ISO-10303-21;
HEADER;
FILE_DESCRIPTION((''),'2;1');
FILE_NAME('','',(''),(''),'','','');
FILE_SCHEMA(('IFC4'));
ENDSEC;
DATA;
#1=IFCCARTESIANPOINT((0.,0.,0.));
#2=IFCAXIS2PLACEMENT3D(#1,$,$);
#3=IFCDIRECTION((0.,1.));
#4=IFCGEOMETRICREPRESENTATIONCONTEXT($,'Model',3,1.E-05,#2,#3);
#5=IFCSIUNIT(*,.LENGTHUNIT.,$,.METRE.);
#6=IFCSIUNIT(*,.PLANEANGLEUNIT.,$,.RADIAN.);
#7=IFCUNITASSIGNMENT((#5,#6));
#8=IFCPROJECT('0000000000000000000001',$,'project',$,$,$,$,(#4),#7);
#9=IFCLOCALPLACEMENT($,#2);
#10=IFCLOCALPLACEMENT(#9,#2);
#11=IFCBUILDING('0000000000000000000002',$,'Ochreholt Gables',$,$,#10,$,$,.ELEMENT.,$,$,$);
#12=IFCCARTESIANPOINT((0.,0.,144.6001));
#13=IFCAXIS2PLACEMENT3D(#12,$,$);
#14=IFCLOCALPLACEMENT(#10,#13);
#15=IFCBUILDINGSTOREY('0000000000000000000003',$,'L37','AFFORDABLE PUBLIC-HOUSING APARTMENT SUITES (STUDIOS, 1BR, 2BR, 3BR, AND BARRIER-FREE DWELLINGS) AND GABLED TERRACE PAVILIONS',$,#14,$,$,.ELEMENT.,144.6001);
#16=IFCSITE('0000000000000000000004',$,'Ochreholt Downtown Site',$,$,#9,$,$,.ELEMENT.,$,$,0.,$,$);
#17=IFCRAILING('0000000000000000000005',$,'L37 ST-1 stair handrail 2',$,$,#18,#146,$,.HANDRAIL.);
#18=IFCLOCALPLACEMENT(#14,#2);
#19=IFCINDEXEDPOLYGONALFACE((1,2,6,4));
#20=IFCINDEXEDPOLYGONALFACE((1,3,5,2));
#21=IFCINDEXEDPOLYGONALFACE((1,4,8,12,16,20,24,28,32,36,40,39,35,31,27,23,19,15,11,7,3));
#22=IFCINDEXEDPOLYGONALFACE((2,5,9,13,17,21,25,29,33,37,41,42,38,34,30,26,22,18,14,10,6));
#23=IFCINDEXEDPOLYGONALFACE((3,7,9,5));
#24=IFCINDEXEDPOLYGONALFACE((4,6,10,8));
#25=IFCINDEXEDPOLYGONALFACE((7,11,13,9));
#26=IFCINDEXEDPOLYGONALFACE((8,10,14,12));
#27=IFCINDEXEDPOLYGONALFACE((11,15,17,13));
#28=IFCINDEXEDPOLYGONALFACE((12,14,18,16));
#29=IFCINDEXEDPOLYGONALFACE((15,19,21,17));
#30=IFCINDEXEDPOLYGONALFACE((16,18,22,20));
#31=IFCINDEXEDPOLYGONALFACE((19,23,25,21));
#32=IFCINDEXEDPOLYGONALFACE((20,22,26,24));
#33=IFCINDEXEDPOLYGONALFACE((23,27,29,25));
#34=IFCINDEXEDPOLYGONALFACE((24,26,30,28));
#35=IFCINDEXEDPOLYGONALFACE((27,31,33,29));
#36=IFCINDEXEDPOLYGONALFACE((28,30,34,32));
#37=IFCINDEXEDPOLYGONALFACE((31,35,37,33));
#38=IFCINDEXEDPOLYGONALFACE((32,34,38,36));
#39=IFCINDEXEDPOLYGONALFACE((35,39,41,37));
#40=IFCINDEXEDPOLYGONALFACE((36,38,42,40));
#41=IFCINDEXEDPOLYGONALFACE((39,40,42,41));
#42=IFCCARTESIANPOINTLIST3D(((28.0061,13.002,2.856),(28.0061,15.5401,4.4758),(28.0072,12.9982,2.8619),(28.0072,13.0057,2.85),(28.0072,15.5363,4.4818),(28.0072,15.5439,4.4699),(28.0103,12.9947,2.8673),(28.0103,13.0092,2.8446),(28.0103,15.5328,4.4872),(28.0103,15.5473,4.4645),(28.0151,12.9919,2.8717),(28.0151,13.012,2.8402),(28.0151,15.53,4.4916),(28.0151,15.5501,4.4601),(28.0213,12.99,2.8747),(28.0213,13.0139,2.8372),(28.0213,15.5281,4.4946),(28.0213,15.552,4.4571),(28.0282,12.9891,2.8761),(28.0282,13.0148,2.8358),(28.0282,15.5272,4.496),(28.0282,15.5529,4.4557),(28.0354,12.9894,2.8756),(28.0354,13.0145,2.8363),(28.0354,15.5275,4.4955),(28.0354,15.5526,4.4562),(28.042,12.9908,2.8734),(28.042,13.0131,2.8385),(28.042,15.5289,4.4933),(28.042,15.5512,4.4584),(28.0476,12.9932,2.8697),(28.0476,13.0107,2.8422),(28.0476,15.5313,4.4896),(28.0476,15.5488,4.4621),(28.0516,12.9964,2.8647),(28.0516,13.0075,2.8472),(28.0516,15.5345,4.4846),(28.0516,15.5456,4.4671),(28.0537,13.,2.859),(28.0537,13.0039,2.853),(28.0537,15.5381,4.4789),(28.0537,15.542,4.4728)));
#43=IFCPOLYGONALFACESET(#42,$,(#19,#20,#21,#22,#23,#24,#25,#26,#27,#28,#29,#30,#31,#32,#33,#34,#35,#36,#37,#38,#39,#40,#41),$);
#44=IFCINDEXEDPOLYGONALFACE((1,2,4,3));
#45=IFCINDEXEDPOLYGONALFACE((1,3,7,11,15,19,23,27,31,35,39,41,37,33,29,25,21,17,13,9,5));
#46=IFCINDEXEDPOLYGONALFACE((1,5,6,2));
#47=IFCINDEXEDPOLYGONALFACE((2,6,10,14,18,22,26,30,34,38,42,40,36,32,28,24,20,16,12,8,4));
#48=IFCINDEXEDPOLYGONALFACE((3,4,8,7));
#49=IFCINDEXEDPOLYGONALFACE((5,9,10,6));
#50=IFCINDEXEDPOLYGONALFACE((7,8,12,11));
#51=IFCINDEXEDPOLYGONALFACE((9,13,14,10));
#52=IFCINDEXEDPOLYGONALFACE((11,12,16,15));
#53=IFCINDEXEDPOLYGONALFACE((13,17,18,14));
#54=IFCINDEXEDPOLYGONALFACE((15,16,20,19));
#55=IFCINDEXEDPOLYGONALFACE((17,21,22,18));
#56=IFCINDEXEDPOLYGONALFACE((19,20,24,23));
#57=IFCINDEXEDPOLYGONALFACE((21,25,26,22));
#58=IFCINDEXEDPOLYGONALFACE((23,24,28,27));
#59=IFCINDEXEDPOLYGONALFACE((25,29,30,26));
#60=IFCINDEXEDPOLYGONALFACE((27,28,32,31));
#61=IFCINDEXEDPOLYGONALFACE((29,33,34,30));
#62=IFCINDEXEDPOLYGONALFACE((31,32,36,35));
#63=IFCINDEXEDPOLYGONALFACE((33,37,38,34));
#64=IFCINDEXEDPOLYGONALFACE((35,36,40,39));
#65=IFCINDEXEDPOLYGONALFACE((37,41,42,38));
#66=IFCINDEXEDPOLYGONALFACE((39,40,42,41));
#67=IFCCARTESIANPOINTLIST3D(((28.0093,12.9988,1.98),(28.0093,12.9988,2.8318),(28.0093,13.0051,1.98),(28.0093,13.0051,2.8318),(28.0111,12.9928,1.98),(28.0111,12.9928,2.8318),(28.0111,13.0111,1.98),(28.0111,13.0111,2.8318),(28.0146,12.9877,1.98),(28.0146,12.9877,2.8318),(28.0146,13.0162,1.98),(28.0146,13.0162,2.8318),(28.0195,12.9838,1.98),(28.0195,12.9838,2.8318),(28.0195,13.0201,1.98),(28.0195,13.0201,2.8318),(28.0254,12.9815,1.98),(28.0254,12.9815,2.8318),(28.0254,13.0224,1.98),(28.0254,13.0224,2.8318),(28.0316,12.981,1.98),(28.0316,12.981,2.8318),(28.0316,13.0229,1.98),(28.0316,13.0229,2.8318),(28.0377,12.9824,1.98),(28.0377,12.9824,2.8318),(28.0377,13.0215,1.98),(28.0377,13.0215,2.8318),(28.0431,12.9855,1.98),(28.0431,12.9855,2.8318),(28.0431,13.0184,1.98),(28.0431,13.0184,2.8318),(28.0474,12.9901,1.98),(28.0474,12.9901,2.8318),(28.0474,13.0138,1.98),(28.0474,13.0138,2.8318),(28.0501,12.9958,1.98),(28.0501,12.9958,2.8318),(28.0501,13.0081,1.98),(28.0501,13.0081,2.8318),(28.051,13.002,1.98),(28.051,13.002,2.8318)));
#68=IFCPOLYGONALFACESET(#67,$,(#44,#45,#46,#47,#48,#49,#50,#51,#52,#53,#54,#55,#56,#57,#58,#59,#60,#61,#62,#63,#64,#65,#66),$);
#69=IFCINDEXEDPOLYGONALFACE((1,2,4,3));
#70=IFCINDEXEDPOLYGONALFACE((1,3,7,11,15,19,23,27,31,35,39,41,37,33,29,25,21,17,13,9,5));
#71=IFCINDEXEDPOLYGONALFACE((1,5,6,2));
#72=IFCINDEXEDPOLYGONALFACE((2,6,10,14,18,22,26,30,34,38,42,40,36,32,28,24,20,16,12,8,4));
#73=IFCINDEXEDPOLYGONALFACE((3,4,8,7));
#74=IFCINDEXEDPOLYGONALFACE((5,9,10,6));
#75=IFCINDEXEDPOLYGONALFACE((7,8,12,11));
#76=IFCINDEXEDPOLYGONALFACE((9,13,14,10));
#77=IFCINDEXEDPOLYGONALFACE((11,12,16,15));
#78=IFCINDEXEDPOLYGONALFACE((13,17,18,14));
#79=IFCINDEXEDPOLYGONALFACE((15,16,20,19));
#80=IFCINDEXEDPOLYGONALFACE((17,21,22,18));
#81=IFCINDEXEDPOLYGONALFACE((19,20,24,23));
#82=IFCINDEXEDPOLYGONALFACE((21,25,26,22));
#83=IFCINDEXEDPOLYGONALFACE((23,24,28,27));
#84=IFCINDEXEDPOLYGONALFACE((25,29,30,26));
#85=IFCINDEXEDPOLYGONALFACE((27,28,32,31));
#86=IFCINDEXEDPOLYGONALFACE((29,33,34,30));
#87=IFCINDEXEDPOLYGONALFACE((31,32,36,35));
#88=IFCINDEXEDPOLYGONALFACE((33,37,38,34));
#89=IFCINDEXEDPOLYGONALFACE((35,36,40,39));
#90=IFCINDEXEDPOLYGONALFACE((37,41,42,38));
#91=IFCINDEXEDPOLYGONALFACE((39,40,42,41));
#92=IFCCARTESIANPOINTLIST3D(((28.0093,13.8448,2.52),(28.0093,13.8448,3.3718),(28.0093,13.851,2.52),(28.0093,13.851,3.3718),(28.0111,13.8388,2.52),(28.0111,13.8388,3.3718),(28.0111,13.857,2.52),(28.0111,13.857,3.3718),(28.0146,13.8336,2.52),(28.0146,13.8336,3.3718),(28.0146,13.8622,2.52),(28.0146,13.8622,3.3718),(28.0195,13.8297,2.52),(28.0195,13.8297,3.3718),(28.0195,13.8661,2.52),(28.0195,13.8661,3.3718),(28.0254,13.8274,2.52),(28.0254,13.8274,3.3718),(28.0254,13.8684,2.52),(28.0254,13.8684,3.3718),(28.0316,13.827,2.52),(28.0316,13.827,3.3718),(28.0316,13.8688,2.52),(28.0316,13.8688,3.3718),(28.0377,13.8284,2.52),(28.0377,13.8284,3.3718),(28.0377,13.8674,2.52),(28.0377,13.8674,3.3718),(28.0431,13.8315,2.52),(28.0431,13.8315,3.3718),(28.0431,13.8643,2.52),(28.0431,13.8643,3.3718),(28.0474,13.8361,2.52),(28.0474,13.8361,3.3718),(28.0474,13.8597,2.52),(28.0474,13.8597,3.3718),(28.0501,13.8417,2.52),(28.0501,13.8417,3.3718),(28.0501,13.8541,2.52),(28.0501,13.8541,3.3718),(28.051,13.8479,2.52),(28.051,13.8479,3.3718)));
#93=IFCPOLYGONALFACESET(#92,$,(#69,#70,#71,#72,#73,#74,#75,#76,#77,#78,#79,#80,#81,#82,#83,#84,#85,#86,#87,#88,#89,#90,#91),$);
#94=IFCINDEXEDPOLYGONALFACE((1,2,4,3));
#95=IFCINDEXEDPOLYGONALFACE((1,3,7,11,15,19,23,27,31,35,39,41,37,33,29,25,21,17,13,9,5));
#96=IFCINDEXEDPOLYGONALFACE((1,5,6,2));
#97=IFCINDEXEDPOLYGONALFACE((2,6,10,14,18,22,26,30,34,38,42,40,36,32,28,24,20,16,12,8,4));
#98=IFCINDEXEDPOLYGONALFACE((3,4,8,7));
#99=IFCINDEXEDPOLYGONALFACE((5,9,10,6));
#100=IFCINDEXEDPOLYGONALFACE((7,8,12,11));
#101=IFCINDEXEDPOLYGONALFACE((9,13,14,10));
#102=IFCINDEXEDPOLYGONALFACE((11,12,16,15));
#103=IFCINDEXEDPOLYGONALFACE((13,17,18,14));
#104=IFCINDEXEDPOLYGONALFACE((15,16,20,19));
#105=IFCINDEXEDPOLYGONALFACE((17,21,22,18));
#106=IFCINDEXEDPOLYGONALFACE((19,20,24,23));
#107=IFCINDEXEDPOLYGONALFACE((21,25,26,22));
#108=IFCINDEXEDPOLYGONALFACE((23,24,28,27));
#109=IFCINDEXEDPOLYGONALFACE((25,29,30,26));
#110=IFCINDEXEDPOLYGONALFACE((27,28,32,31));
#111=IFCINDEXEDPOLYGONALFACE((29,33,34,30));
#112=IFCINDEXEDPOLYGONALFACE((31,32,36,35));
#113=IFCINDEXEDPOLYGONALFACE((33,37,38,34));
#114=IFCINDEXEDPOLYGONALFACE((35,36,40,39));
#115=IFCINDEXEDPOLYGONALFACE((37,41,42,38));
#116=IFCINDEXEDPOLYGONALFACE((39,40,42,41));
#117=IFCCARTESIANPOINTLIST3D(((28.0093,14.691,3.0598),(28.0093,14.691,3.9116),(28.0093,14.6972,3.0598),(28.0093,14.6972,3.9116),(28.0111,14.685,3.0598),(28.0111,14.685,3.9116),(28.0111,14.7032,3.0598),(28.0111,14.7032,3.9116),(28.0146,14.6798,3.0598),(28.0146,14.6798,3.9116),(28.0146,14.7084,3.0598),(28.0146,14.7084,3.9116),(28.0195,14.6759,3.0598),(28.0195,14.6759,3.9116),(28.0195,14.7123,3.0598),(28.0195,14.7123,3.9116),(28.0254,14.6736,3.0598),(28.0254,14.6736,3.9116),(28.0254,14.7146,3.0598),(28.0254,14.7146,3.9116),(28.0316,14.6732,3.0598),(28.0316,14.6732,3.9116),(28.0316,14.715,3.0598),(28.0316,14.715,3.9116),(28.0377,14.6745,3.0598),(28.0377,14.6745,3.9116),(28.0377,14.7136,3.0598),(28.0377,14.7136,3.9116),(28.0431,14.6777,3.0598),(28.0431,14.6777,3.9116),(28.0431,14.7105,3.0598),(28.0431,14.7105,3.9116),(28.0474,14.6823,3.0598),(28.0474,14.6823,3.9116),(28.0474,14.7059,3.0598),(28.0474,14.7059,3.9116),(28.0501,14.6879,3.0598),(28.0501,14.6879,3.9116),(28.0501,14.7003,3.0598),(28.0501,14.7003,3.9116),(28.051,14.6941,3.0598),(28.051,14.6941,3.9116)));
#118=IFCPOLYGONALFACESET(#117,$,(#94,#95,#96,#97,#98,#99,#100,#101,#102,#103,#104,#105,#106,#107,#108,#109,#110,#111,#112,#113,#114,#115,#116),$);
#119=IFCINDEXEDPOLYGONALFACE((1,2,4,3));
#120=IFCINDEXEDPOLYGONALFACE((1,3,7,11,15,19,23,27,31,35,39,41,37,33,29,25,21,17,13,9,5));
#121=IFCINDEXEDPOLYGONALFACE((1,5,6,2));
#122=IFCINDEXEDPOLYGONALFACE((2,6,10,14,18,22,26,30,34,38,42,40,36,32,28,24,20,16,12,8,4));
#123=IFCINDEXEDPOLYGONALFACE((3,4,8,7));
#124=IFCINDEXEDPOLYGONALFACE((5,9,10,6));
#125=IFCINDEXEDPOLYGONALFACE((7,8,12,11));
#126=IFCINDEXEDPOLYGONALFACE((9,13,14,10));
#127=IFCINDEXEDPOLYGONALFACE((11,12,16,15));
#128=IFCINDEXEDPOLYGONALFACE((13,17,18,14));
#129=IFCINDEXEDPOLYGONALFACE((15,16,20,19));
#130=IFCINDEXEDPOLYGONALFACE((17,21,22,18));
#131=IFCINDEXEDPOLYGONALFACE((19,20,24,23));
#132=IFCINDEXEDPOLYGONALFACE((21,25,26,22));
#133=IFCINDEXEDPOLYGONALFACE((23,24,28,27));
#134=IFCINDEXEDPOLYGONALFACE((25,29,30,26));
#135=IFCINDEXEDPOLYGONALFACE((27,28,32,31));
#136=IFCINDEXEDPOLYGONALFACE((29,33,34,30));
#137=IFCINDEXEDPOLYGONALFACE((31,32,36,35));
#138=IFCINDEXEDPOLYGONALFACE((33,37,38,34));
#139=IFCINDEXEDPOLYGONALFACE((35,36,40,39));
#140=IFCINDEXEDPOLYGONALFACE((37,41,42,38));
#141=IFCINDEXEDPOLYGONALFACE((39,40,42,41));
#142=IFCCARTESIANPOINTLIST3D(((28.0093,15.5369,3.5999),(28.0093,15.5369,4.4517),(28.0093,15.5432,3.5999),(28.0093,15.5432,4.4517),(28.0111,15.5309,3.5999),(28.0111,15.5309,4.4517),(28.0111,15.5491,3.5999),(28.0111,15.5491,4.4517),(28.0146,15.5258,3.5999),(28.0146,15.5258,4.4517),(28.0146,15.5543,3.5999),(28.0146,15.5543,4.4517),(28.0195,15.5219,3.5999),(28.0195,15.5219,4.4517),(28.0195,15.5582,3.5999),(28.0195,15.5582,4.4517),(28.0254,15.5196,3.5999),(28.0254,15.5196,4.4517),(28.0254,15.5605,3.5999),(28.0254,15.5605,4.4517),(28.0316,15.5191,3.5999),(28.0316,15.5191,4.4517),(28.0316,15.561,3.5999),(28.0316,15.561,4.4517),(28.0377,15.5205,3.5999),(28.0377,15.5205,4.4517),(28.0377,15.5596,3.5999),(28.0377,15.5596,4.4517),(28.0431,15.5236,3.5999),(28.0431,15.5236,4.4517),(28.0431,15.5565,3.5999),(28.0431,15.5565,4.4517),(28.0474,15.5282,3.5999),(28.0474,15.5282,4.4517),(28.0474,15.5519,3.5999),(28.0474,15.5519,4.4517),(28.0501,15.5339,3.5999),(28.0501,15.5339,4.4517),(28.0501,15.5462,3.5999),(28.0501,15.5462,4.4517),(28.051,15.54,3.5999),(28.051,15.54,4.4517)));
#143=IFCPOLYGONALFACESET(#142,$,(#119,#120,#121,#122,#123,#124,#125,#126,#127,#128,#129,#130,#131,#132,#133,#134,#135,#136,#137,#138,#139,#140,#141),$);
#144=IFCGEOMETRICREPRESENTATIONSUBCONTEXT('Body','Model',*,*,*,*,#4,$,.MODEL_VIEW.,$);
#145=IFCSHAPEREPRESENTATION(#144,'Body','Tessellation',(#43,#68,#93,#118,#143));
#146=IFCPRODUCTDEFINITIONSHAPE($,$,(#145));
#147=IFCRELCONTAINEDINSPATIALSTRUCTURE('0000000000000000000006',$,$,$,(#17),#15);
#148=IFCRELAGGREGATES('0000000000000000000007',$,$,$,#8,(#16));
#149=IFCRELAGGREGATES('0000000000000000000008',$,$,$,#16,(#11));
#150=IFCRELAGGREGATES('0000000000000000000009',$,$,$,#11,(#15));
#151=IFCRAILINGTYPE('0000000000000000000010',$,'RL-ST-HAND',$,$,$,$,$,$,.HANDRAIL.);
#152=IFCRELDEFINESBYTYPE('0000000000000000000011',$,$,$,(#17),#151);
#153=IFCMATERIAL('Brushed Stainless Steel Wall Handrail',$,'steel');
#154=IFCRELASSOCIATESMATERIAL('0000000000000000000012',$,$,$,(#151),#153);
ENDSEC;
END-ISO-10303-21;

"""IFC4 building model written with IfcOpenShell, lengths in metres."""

from ifc_helpers import new_model, si_unit, direction, frame, origin, origin_2d, place, context, subcontext, project, spatial, circle, extrude, material, type_object, element, save


model = new_model("IFC4")

# Units and contexts
model_context = context("Model", 3, precision=1e-05, world=origin(), true_north=direction((0.0, 1.0)))
body_context = subcontext(model_context, "Body", "Model", "MODEL_VIEW")
ifc_project = project(units=[si_unit("LENGTHUNIT", "METRE"), si_unit("PLANEANGLEUNIT", "RADIAN")], contexts=[model_context])

# Site, building, storey
site_placement = place(None, origin())
site = spatial("IfcSite", under=ifc_project, at=site_placement, Name="Ochreholt Downtown Site", CompositionType="ELEMENT", RefElevation=0.0)
building_placement = place(site_placement, origin())
building = spatial("IfcBuilding", under=site, at=building_placement, Name="Ochreholt Gables", CompositionType="ELEMENT")
storey_placement = place(building_placement, frame((0.0, 0.0, 144.6001)))
storey = spatial("IfcBuildingStorey", under=building, at=storey_placement, Name="L37", Description="AFFORDABLE PUBLIC-HOUSING APARTMENT SUITES (STUDIOS, 1BR, 2BR, 3BR, AND BARRIER-FREE DWELLINGS) AND GABLED TERRACE PAVILIONS", CompositionType="ELEMENT", Elevation=144.6001)

# Railing
ifc_material_1 = material(Name="Brushed Stainless Steel Wall Handrail", Category="steel")
railing_type_1 = type_object("IfcRailingType", Name="RL-ST-HAND", PredefinedType="HANDRAIL", material=ifc_material_1)
railing_1_placement = place(storey_placement, frame((28.03, 13.002, 1.98)))
element("IfcRailing", 1, at=railing_1_placement, inside=storey, type_object=railing_type_1, Name="L37 ST-1 stair handrail 2", PredefinedType="HANDRAIL", context=body_context, shape_type="SweptSolid", body=[
    extrude(circle(Radius=0.0239, at=origin_2d()), frame((0.0, 0.0, 0.876), z_axis=(0.0, 0.84295, 0.537993), x_axis=(-1.0, 0.0, 0.0)), (0.0, 0.0, 1.0), 3.011),
    extrude(circle(Radius=0.021, at=origin_2d()), origin(), (0.0, 0.0, 1.0), 0.8518),
    extrude(circle(Radius=0.021, at=origin_2d()), frame((0.0, 0.8459, 0.54)), (0.0, 0.0, 1.0), 0.8518),
    extrude(circle(Radius=0.021, at=origin_2d()), frame((0.0, 1.6921, 1.0798)), (0.0, 0.0, 1.0), 0.8518),
    extrude(circle(Radius=0.021, at=origin_2d()), frame((0.0, 2.5381, 1.6199)), (0.0, 0.0, 1.0), 0.8518),
])

save(model, "model.ifc")
